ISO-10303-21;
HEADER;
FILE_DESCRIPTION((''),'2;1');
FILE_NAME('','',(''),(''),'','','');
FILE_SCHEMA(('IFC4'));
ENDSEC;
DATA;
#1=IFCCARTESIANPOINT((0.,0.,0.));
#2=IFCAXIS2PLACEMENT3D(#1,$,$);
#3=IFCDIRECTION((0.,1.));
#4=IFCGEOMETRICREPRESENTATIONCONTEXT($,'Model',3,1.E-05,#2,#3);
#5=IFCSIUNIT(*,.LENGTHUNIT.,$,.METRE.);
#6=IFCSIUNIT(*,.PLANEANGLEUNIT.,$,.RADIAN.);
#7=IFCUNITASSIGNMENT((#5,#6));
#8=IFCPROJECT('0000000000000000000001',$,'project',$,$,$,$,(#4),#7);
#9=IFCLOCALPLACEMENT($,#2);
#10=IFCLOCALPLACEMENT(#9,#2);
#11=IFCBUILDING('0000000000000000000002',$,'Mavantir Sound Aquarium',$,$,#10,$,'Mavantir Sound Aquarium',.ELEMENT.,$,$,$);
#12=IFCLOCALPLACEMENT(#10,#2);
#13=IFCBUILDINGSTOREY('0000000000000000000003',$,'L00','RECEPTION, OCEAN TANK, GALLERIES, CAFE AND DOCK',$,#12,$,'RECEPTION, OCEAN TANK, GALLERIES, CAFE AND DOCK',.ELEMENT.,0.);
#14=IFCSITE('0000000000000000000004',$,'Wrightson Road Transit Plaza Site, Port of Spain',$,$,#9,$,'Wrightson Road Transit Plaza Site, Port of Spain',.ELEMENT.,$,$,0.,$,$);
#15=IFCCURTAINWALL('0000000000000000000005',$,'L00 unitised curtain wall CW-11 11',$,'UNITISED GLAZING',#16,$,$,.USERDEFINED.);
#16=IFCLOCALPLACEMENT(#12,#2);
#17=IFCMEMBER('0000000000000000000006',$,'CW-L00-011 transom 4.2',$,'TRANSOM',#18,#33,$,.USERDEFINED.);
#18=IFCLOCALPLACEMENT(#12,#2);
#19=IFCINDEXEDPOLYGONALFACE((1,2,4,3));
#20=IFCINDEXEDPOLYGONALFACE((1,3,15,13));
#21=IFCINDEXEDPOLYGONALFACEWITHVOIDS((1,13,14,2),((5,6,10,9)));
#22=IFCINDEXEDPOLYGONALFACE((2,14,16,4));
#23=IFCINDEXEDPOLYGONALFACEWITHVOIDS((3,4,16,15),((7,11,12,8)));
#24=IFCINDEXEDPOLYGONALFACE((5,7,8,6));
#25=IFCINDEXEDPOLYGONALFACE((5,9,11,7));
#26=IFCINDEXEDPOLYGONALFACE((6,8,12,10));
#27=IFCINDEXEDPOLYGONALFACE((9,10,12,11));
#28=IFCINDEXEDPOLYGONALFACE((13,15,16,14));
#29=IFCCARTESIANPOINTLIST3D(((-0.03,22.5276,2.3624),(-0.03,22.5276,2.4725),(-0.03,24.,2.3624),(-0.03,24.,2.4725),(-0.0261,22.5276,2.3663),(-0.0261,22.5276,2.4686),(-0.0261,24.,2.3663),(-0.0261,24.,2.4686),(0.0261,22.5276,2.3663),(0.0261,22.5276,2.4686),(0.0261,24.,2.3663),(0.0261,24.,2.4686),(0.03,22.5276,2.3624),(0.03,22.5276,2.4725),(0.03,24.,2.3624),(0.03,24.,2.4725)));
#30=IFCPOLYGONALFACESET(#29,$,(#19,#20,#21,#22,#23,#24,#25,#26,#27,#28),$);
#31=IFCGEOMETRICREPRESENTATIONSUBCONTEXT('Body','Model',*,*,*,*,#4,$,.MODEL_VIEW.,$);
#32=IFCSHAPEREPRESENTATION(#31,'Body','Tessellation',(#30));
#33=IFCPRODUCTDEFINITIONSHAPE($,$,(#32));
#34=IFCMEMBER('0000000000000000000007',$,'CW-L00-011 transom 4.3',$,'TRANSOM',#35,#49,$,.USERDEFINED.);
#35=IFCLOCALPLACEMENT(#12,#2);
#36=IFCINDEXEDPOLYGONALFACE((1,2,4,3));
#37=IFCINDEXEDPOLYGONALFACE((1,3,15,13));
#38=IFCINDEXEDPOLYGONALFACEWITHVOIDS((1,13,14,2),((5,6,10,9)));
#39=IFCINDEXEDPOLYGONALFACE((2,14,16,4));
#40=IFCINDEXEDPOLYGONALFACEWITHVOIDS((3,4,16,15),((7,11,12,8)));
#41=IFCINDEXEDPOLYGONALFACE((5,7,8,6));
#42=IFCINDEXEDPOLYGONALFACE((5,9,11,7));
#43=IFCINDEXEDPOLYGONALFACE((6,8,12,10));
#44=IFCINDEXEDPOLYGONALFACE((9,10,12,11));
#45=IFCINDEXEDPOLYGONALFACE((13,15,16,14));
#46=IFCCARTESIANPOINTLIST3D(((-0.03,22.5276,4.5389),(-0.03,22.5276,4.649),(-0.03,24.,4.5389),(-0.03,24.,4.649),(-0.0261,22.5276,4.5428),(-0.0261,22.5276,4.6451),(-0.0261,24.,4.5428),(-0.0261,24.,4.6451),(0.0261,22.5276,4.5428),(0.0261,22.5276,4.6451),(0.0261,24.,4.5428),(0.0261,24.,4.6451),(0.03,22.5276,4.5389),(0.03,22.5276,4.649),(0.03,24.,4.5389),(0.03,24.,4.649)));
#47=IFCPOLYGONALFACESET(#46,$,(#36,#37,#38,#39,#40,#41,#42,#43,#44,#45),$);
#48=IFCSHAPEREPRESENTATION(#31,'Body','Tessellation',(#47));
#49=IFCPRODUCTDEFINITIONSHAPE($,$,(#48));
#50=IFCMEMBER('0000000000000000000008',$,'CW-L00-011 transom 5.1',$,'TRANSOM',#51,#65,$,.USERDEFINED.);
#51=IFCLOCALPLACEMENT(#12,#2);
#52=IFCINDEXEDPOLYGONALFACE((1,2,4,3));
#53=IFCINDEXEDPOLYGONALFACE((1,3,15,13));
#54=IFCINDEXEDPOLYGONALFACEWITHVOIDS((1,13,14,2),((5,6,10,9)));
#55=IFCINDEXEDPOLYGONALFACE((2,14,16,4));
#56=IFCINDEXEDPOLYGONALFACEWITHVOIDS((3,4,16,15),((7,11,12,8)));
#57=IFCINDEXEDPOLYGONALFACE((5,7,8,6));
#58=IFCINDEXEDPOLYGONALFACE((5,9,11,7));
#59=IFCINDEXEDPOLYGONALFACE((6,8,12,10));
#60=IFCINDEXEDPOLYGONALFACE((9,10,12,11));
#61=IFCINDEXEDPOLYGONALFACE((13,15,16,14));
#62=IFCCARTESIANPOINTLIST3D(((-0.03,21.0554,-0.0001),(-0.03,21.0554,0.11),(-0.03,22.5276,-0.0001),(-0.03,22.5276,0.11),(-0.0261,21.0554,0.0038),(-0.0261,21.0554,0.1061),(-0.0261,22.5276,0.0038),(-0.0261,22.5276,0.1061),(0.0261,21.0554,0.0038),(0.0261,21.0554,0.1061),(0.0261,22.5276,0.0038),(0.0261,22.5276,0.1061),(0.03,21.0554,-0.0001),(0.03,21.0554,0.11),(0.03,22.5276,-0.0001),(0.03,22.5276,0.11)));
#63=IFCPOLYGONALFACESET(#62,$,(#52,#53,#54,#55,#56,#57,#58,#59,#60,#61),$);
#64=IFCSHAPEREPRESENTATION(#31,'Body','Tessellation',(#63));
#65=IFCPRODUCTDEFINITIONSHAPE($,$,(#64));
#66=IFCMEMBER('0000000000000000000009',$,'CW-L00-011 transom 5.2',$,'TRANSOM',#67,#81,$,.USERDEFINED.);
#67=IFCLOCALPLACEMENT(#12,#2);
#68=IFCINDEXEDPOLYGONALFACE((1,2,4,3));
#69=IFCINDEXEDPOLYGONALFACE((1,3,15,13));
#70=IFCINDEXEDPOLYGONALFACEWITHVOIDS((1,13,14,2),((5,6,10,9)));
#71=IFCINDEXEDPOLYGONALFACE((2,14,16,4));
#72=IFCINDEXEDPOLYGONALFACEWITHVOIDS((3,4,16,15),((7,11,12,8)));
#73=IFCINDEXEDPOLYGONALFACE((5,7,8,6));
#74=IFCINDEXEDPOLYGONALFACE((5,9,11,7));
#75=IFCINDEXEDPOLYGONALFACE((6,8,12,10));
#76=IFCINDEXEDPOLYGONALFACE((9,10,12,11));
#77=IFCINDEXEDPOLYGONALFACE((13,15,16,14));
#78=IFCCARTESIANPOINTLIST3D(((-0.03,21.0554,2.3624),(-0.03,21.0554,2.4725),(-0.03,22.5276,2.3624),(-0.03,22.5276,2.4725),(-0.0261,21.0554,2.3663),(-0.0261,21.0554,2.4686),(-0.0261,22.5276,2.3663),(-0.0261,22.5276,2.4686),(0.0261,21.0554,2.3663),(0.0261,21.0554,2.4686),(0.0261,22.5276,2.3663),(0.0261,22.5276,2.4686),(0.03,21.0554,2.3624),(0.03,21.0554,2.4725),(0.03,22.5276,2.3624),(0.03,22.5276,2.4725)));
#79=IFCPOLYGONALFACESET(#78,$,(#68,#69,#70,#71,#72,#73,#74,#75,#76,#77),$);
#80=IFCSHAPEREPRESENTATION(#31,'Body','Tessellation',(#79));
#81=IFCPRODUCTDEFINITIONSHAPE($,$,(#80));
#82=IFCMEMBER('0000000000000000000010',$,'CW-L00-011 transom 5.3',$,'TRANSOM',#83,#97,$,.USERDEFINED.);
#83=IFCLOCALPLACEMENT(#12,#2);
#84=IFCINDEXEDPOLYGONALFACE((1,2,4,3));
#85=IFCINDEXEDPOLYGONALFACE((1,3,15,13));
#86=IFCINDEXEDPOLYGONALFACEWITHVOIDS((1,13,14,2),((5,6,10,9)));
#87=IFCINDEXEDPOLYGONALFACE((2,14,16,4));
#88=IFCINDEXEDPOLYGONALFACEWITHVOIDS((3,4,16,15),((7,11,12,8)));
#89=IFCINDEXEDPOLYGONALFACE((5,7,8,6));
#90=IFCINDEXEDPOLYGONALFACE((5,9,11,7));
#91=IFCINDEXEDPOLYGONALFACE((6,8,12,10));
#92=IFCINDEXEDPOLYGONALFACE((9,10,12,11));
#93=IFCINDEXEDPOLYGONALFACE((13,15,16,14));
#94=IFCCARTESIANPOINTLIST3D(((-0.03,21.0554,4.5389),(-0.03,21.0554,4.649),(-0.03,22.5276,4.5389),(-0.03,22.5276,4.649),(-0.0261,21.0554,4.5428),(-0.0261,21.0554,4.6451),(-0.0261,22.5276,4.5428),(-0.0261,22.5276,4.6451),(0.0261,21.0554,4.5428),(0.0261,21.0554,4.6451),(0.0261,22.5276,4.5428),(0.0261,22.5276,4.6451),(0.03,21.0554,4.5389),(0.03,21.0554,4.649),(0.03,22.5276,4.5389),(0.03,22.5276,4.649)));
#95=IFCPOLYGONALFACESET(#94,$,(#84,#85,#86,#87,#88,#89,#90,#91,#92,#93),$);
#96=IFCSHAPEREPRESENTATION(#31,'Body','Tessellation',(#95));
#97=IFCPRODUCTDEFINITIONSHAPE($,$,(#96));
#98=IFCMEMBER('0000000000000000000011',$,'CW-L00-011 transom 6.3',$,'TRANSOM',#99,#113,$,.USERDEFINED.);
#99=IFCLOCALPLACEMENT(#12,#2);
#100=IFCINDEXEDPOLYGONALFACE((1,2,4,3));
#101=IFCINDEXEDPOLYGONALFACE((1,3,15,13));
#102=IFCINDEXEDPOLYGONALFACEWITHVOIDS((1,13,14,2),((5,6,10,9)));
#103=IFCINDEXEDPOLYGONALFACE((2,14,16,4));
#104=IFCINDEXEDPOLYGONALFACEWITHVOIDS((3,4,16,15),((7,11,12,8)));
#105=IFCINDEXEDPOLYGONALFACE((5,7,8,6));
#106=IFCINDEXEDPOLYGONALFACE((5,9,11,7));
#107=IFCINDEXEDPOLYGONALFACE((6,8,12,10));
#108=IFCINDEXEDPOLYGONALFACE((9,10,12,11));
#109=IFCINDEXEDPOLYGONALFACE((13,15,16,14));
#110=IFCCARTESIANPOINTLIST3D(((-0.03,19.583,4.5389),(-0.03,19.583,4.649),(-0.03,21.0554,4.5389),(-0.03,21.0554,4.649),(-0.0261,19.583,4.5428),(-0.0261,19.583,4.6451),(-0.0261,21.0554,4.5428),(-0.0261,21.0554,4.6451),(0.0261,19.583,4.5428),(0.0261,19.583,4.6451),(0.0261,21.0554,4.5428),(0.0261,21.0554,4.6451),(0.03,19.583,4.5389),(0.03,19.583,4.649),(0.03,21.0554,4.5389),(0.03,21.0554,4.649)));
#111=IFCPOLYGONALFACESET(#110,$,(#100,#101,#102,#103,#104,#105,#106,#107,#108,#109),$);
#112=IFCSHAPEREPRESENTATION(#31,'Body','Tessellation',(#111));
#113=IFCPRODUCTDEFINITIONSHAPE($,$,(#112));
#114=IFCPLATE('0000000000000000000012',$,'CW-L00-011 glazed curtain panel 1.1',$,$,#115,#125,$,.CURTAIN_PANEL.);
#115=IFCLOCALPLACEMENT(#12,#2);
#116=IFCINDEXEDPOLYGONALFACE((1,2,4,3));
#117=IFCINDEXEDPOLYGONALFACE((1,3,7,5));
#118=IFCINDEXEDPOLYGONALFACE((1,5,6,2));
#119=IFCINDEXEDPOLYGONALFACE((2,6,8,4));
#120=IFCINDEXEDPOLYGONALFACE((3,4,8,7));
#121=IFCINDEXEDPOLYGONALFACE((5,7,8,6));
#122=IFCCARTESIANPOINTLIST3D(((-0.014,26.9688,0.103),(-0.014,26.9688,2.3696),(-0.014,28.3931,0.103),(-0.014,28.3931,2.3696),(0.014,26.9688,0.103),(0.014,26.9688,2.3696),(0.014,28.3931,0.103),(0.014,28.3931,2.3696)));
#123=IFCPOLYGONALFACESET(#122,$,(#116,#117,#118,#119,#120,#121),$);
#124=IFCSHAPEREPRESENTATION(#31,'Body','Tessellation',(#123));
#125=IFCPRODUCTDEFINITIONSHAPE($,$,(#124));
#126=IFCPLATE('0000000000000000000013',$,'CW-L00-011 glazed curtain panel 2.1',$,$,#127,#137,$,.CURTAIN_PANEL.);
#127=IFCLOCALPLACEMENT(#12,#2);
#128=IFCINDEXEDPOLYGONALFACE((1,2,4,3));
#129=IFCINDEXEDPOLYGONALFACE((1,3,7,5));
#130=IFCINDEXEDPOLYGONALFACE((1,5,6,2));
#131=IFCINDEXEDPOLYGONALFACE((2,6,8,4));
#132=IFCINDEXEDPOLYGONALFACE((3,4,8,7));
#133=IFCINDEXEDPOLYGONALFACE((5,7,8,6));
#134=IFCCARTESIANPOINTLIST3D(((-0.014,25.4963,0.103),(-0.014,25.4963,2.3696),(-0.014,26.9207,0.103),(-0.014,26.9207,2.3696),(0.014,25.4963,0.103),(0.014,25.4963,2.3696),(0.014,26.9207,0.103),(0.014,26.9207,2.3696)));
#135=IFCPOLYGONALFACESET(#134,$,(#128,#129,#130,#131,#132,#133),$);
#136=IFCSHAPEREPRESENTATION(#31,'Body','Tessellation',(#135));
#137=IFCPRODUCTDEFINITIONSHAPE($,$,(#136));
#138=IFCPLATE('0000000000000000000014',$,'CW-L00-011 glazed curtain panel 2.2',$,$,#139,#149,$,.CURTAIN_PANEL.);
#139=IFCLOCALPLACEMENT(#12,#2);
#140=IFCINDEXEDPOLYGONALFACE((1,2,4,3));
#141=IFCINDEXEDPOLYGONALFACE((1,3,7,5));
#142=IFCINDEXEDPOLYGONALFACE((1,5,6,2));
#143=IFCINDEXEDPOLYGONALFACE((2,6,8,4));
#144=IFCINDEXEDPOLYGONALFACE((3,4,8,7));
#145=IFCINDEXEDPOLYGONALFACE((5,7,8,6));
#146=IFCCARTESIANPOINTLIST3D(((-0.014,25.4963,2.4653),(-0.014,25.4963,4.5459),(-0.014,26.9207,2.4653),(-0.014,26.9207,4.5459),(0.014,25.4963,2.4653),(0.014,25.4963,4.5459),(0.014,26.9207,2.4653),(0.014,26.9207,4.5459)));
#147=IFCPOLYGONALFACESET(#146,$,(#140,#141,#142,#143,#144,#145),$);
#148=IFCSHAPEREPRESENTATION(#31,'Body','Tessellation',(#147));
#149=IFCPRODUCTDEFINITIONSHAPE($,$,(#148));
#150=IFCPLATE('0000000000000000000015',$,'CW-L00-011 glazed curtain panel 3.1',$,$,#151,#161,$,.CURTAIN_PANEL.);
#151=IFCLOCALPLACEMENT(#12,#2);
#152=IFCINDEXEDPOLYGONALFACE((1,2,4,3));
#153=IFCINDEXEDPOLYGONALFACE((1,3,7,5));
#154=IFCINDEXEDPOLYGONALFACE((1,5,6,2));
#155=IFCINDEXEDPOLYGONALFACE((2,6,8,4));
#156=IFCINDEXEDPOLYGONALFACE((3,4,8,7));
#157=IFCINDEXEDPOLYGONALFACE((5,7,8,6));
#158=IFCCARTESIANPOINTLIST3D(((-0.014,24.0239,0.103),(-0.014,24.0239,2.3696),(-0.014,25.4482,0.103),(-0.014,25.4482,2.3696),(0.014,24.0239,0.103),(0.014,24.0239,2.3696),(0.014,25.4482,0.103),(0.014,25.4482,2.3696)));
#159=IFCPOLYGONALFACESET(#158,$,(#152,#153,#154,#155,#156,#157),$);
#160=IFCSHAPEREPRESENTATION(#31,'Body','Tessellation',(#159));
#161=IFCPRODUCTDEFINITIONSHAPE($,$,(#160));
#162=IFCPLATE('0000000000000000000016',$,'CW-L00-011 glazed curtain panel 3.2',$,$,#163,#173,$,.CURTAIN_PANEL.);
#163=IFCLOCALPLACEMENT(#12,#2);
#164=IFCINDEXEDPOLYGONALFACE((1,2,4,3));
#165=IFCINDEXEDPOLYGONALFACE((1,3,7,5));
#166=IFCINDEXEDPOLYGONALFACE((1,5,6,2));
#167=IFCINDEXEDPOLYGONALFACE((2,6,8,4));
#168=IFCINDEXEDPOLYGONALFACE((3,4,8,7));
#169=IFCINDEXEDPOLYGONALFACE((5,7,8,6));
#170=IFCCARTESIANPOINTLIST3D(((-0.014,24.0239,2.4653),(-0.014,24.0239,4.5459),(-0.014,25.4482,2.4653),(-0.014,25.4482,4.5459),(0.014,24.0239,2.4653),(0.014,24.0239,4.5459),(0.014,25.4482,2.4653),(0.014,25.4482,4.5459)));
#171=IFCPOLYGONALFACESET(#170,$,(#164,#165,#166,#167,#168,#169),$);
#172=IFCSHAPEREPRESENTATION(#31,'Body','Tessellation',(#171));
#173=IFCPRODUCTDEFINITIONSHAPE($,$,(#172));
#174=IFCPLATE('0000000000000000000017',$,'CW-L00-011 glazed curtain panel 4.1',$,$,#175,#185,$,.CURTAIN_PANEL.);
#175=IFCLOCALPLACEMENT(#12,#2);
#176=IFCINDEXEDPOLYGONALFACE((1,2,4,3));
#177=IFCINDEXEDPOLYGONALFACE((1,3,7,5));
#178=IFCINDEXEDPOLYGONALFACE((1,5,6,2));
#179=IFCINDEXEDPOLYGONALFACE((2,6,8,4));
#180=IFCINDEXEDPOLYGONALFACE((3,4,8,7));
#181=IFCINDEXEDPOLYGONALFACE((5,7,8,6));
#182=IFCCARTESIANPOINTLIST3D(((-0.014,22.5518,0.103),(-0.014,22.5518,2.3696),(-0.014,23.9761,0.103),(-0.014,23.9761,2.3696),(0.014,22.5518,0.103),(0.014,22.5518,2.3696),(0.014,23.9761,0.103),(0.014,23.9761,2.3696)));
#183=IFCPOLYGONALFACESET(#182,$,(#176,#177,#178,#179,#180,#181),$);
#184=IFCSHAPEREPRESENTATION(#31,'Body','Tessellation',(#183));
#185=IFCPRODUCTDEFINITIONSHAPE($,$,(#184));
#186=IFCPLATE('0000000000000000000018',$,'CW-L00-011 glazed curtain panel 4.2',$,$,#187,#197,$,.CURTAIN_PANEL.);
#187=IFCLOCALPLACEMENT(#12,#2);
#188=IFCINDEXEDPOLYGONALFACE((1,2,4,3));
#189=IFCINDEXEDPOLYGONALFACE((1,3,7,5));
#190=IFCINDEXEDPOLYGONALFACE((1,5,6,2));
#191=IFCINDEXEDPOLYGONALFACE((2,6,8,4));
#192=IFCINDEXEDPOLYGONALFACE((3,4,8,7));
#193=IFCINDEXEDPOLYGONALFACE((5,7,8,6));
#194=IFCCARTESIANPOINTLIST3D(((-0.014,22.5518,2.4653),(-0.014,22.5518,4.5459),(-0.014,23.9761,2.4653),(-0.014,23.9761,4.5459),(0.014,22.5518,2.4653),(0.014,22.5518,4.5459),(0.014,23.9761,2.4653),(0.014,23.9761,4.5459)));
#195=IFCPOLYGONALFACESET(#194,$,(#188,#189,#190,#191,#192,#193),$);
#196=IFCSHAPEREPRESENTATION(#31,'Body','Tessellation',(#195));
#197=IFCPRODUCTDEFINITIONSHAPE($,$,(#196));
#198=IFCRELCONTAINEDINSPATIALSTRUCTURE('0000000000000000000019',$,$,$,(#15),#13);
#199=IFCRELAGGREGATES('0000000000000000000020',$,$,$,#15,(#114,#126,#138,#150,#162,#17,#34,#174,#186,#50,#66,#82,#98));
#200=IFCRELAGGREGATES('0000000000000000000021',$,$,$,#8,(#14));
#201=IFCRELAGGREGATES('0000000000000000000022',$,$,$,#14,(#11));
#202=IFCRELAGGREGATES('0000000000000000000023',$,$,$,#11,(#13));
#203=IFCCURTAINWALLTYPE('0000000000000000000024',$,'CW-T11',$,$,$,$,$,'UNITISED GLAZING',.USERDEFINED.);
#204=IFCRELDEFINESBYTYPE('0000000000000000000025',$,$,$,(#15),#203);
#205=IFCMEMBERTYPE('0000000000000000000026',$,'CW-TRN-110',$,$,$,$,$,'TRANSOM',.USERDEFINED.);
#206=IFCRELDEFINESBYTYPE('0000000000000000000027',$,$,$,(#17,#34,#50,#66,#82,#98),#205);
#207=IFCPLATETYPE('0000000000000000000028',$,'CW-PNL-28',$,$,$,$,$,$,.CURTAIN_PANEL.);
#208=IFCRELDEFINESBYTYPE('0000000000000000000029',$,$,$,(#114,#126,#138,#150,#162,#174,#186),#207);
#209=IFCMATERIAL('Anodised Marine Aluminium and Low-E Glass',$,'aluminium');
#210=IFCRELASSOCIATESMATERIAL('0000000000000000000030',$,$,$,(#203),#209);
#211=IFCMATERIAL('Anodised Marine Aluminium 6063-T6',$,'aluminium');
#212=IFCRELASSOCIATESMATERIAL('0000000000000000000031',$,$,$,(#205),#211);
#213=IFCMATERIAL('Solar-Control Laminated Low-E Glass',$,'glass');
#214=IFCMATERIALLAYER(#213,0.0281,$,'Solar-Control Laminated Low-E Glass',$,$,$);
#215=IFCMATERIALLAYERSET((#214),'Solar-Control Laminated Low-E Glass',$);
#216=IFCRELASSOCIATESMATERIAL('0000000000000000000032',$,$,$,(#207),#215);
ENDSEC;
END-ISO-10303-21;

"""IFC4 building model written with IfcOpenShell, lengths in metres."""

from ifc_helpers import new_model, si_unit, direction, frame, origin, origin_2d, place, context, subcontext, project, spatial, rectangle, hollow_rectangle, extrude, material, layer, layer_set, material_profile, profile_set, type_object, element, aggregate, save


model = new_model("IFC4")

# Units and contexts
model_context = context("Model", 3, precision=1e-05, world=origin(), true_north=direction((0.0, 1.0)))
body_context = subcontext(model_context, "Body", "Model", "MODEL_VIEW")
ifc_project = project(units=[si_unit("LENGTHUNIT", "METRE"), si_unit("PLANEANGLEUNIT", "RADIAN")], contexts=[model_context])

# Site, building, storey
site_placement = place(None, origin())
site = spatial("IfcSite", under=ifc_project, at=site_placement, Name="Wrightson Road Transit Plaza Site, Port of Spain", LongName="Wrightson Road Transit Plaza Site, Port of Spain", CompositionType="ELEMENT", RefElevation=0.0)
building_placement = place(site_placement, origin())
building = spatial("IfcBuilding", under=site, at=building_placement, Name="Mavantir Sound Aquarium", LongName="Mavantir Sound Aquarium", CompositionType="ELEMENT")
storey_placement = place(building_placement, origin())
storey = spatial("IfcBuildingStorey", under=building, at=storey_placement, Name="L00", Description="RECEPTION, OCEAN TANK, GALLERIES, CAFE AND DOCK", LongName="RECEPTION, OCEAN TANK, GALLERIES, CAFE AND DOCK", CompositionType="ELEMENT", Elevation=0.0)

# Curtain wall, members, plates
ifc_material_1 = material(Name="Anodised Marine Aluminium and Low-E Glass", Category="aluminium")
curtain_wall_type = type_object("IfcCurtainWallType", Name="CW-T11", ElementType="UNITISED GLAZING", PredefinedType="USERDEFINED", material=ifc_material_1)
curtain_wall_placement = place(storey_placement, origin())
curtain_wall = element("IfcCurtainWall", 1, at=curtain_wall_placement, inside=storey, type_object=curtain_wall_type, Name="L00 unitised curtain wall CW-11 11", ObjectType="UNITISED GLAZING", PredefinedType="USERDEFINED")
ifc_material_2 = material(Name="Anodised Marine Aluminium 6063-T6", Category="aluminium")
ifc_material_profile_1 = material_profile(ifc_material_2, hollow_rectangle(XDim=0.0601, YDim=0.1101, WallThickness=0.0039, at=origin_2d()), Name="ALU-TRANSOM-110X60")
ifc_profile_set_1 = profile_set([ifc_material_profile_1], Name="Anodised Marine Aluminium 6063-T6")
member_type_1 = type_object("IfcMemberType", Name="CW-TRN-110", ElementType="TRANSOM", PredefinedType="USERDEFINED", material=ifc_profile_set_1)
member_1_placement = place(storey_placement, frame((0.0, 24.0, 2.4175), z_axis=(0.0, -1.0, 0.0), x_axis=(1.0, 0.0, 0.0)))
member_1 = element("IfcMember", 2, at=member_1_placement, type_object=member_type_1, Name="CW-L00-011 transom 4.2", ObjectType="TRANSOM", PredefinedType="USERDEFINED", context=body_context, shape_type="SweptSolid", body=[
    extrude(hollow_rectangle(XDim=0.0601, YDim=0.1101, WallThickness=0.0039, at=origin_2d()), origin(), (0.0, 0.0, 1.0), 1.4724),
])
member_2_placement = place(storey_placement, frame((0.0, 24.0, 4.594), z_axis=(0.0, -1.0, 0.0), x_axis=(1.0, 0.0, 0.0)))
member_2 = element("IfcMember", 3, at=member_2_placement, type_object=member_type_1, Name="CW-L00-011 transom 4.3", ObjectType="TRANSOM", PredefinedType="USERDEFINED", context=body_context, shape_type="SweptSolid", body=[
    extrude(hollow_rectangle(XDim=0.0601, YDim=0.1101, WallThickness=0.0039, at=origin_2d()), origin(), (0.0, 0.0, 1.0), 1.4724),
])
member_3_placement = place(storey_placement, frame((0.0, 22.5276, 0.0549), z_axis=(0.0, -1.0, 0.0), x_axis=(1.0, 0.0, 0.0)))
member_3 = element("IfcMember", 4, at=member_3_placement, type_object=member_type_1, Name="CW-L00-011 transom 5.1", ObjectType="TRANSOM", PredefinedType="USERDEFINED", context=body_context, shape_type="SweptSolid", body=[
    extrude(hollow_rectangle(XDim=0.0601, YDim=0.1101, WallThickness=0.0039, at=origin_2d()), origin(), (0.0, 0.0, 1.0), 1.4722),
])
member_4_placement = place(storey_placement, frame((0.0, 22.5276, 2.4175), z_axis=(0.0, -1.0, 0.0), x_axis=(1.0, 0.0, 0.0)))
member_4 = element("IfcMember", 5, at=member_4_placement, type_object=member_type_1, Name="CW-L00-011 transom 5.2", ObjectType="TRANSOM", PredefinedType="USERDEFINED", context=body_context, shape_type="SweptSolid", body=[
    extrude(hollow_rectangle(XDim=0.0601, YDim=0.1101, WallThickness=0.0039, at=origin_2d()), origin(), (0.0, 0.0, 1.0), 1.4722),
])
member_5_placement = place(storey_placement, frame((0.0, 22.5276, 4.594), z_axis=(0.0, -1.0, 0.0), x_axis=(1.0, 0.0, 0.0)))
member_5 = element("IfcMember", 6, at=member_5_placement, type_object=member_type_1, Name="CW-L00-011 transom 5.3", ObjectType="TRANSOM", PredefinedType="USERDEFINED", context=body_context, shape_type="SweptSolid", body=[
    extrude(hollow_rectangle(XDim=0.0601, YDim=0.1101, WallThickness=0.0039, at=origin_2d()), origin(), (0.0, 0.0, 1.0), 1.4722),
])
member_6_placement = place(storey_placement, frame((0.0, 21.0554, 4.594), z_axis=(0.0, -1.0, 0.0), x_axis=(1.0, 0.0, 0.0)))
member_6 = element("IfcMember", 7, at=member_6_placement, type_object=member_type_1, Name="CW-L00-011 transom 6.3", ObjectType="TRANSOM", PredefinedType="USERDEFINED", context=body_context, shape_type="SweptSolid", body=[
    extrude(hollow_rectangle(XDim=0.0601, YDim=0.1101, WallThickness=0.0039, at=origin_2d()), origin(), (0.0, 0.0, 1.0), 1.4724),
])
ifc_material_3 = material(Name="Solar-Control Laminated Low-E Glass", Category="glass")
ifc_layer = layer(ifc_material_3, 0.0281, Name="Solar-Control Laminated Low-E Glass")
ifc_layer_set = layer_set([ifc_layer], Name="Solar-Control Laminated Low-E Glass")
plate_type = type_object("IfcPlateType", Name="CW-PNL-28", PredefinedType="CURTAIN_PANEL", material=ifc_layer_set)
plate_1_placement = place(storey_placement, frame((0.0, 27.6809, 0.103), z_axis=(0.0, 0.0, 1.0), x_axis=(0.0, -1.0, 0.0)))
plate_1 = element("IfcPlate", 8, at=plate_1_placement, type_object=plate_type, Name="CW-L00-011 glazed curtain panel 1.1", PredefinedType="CURTAIN_PANEL", context=body_context, shape_type="SweptSolid", body=[
    extrude(rectangle(XDim=1.4243, YDim=0.0281, at=origin_2d()), origin(), (0.0, 0.0, 1.0), 2.2666),
])
plate_2_placement = place(storey_placement, frame((0.0, 26.2085, 0.103), z_axis=(0.0, 0.0, 1.0), x_axis=(0.0, -1.0, 0.0)))
plate_2 = element("IfcPlate", 9, at=plate_2_placement, type_object=plate_type, Name="CW-L00-011 glazed curtain panel 2.1", PredefinedType="CURTAIN_PANEL", context=body_context, shape_type="SweptSolid", body=[
    extrude(rectangle(XDim=1.4243, YDim=0.0281, at=origin_2d()), origin(), (0.0, 0.0, 1.0), 2.2666),
])
plate_3_placement = place(storey_placement, frame((0.0, 26.2085, 2.4653), z_axis=(0.0, 0.0, 1.0), x_axis=(0.0, -1.0, 0.0)))
plate_3 = element("IfcPlate", 10, at=plate_3_placement, type_object=plate_type, Name="CW-L00-011 glazed curtain panel 2.2", PredefinedType="CURTAIN_PANEL", context=body_context, shape_type="SweptSolid", body=[
    extrude(rectangle(XDim=1.4243, YDim=0.0281, at=origin_2d()), origin(), (0.0, 0.0, 1.0), 2.0806),
])
plate_4_placement = place(storey_placement, frame((0.0, 24.7361, 0.103), z_axis=(0.0, 0.0, 1.0), x_axis=(0.0, -1.0, 0.0)))
plate_4 = element("IfcPlate", 11, at=plate_4_placement, type_object=plate_type, Name="CW-L00-011 glazed curtain panel 3.1", PredefinedType="CURTAIN_PANEL", context=body_context, shape_type="SweptSolid", body=[
    extrude(rectangle(XDim=1.4243, YDim=0.0281, at=origin_2d()), origin(), (0.0, 0.0, 1.0), 2.2666),
])
plate_5_placement = place(storey_placement, frame((0.0, 24.7361, 2.4653), z_axis=(0.0, 0.0, 1.0), x_axis=(0.0, -1.0, 0.0)))
plate_5 = element("IfcPlate", 12, at=plate_5_placement, type_object=plate_type, Name="CW-L00-011 glazed curtain panel 3.2", PredefinedType="CURTAIN_PANEL", context=body_context, shape_type="SweptSolid", body=[
    extrude(rectangle(XDim=1.4243, YDim=0.0281, at=origin_2d()), origin(), (0.0, 0.0, 1.0), 2.0806),
])
plate_6_placement = place(storey_placement, frame((0.0, 23.2639, 0.103), z_axis=(0.0, 0.0, 1.0), x_axis=(0.0, -1.0, 0.0)))
plate_6 = element("IfcPlate", 13, at=plate_6_placement, type_object=plate_type, Name="CW-L00-011 glazed curtain panel 4.1", PredefinedType="CURTAIN_PANEL", context=body_context, shape_type="SweptSolid", body=[
    extrude(rectangle(XDim=1.4243, YDim=0.0281, at=origin_2d()), origin(), (0.0, 0.0, 1.0), 2.2666),
])
plate_7_placement = place(storey_placement, frame((0.0, 23.2639, 2.4653), z_axis=(0.0, 0.0, 1.0), x_axis=(0.0, -1.0, 0.0)))
plate_7 = element("IfcPlate", 14, at=plate_7_placement, type_object=plate_type, Name="CW-L00-011 glazed curtain panel 4.2", PredefinedType="CURTAIN_PANEL", context=body_context, shape_type="SweptSolid", body=[
    extrude(rectangle(XDim=1.4243, YDim=0.0281, at=origin_2d()), origin(), (0.0, 0.0, 1.0), 2.0806),
])
aggregate(curtain_wall, [plate_1, plate_2, plate_3, plate_4, plate_5, member_1, member_2, plate_6, plate_7, member_3, member_4, member_5, member_6])

save(model, "model.ifc")
